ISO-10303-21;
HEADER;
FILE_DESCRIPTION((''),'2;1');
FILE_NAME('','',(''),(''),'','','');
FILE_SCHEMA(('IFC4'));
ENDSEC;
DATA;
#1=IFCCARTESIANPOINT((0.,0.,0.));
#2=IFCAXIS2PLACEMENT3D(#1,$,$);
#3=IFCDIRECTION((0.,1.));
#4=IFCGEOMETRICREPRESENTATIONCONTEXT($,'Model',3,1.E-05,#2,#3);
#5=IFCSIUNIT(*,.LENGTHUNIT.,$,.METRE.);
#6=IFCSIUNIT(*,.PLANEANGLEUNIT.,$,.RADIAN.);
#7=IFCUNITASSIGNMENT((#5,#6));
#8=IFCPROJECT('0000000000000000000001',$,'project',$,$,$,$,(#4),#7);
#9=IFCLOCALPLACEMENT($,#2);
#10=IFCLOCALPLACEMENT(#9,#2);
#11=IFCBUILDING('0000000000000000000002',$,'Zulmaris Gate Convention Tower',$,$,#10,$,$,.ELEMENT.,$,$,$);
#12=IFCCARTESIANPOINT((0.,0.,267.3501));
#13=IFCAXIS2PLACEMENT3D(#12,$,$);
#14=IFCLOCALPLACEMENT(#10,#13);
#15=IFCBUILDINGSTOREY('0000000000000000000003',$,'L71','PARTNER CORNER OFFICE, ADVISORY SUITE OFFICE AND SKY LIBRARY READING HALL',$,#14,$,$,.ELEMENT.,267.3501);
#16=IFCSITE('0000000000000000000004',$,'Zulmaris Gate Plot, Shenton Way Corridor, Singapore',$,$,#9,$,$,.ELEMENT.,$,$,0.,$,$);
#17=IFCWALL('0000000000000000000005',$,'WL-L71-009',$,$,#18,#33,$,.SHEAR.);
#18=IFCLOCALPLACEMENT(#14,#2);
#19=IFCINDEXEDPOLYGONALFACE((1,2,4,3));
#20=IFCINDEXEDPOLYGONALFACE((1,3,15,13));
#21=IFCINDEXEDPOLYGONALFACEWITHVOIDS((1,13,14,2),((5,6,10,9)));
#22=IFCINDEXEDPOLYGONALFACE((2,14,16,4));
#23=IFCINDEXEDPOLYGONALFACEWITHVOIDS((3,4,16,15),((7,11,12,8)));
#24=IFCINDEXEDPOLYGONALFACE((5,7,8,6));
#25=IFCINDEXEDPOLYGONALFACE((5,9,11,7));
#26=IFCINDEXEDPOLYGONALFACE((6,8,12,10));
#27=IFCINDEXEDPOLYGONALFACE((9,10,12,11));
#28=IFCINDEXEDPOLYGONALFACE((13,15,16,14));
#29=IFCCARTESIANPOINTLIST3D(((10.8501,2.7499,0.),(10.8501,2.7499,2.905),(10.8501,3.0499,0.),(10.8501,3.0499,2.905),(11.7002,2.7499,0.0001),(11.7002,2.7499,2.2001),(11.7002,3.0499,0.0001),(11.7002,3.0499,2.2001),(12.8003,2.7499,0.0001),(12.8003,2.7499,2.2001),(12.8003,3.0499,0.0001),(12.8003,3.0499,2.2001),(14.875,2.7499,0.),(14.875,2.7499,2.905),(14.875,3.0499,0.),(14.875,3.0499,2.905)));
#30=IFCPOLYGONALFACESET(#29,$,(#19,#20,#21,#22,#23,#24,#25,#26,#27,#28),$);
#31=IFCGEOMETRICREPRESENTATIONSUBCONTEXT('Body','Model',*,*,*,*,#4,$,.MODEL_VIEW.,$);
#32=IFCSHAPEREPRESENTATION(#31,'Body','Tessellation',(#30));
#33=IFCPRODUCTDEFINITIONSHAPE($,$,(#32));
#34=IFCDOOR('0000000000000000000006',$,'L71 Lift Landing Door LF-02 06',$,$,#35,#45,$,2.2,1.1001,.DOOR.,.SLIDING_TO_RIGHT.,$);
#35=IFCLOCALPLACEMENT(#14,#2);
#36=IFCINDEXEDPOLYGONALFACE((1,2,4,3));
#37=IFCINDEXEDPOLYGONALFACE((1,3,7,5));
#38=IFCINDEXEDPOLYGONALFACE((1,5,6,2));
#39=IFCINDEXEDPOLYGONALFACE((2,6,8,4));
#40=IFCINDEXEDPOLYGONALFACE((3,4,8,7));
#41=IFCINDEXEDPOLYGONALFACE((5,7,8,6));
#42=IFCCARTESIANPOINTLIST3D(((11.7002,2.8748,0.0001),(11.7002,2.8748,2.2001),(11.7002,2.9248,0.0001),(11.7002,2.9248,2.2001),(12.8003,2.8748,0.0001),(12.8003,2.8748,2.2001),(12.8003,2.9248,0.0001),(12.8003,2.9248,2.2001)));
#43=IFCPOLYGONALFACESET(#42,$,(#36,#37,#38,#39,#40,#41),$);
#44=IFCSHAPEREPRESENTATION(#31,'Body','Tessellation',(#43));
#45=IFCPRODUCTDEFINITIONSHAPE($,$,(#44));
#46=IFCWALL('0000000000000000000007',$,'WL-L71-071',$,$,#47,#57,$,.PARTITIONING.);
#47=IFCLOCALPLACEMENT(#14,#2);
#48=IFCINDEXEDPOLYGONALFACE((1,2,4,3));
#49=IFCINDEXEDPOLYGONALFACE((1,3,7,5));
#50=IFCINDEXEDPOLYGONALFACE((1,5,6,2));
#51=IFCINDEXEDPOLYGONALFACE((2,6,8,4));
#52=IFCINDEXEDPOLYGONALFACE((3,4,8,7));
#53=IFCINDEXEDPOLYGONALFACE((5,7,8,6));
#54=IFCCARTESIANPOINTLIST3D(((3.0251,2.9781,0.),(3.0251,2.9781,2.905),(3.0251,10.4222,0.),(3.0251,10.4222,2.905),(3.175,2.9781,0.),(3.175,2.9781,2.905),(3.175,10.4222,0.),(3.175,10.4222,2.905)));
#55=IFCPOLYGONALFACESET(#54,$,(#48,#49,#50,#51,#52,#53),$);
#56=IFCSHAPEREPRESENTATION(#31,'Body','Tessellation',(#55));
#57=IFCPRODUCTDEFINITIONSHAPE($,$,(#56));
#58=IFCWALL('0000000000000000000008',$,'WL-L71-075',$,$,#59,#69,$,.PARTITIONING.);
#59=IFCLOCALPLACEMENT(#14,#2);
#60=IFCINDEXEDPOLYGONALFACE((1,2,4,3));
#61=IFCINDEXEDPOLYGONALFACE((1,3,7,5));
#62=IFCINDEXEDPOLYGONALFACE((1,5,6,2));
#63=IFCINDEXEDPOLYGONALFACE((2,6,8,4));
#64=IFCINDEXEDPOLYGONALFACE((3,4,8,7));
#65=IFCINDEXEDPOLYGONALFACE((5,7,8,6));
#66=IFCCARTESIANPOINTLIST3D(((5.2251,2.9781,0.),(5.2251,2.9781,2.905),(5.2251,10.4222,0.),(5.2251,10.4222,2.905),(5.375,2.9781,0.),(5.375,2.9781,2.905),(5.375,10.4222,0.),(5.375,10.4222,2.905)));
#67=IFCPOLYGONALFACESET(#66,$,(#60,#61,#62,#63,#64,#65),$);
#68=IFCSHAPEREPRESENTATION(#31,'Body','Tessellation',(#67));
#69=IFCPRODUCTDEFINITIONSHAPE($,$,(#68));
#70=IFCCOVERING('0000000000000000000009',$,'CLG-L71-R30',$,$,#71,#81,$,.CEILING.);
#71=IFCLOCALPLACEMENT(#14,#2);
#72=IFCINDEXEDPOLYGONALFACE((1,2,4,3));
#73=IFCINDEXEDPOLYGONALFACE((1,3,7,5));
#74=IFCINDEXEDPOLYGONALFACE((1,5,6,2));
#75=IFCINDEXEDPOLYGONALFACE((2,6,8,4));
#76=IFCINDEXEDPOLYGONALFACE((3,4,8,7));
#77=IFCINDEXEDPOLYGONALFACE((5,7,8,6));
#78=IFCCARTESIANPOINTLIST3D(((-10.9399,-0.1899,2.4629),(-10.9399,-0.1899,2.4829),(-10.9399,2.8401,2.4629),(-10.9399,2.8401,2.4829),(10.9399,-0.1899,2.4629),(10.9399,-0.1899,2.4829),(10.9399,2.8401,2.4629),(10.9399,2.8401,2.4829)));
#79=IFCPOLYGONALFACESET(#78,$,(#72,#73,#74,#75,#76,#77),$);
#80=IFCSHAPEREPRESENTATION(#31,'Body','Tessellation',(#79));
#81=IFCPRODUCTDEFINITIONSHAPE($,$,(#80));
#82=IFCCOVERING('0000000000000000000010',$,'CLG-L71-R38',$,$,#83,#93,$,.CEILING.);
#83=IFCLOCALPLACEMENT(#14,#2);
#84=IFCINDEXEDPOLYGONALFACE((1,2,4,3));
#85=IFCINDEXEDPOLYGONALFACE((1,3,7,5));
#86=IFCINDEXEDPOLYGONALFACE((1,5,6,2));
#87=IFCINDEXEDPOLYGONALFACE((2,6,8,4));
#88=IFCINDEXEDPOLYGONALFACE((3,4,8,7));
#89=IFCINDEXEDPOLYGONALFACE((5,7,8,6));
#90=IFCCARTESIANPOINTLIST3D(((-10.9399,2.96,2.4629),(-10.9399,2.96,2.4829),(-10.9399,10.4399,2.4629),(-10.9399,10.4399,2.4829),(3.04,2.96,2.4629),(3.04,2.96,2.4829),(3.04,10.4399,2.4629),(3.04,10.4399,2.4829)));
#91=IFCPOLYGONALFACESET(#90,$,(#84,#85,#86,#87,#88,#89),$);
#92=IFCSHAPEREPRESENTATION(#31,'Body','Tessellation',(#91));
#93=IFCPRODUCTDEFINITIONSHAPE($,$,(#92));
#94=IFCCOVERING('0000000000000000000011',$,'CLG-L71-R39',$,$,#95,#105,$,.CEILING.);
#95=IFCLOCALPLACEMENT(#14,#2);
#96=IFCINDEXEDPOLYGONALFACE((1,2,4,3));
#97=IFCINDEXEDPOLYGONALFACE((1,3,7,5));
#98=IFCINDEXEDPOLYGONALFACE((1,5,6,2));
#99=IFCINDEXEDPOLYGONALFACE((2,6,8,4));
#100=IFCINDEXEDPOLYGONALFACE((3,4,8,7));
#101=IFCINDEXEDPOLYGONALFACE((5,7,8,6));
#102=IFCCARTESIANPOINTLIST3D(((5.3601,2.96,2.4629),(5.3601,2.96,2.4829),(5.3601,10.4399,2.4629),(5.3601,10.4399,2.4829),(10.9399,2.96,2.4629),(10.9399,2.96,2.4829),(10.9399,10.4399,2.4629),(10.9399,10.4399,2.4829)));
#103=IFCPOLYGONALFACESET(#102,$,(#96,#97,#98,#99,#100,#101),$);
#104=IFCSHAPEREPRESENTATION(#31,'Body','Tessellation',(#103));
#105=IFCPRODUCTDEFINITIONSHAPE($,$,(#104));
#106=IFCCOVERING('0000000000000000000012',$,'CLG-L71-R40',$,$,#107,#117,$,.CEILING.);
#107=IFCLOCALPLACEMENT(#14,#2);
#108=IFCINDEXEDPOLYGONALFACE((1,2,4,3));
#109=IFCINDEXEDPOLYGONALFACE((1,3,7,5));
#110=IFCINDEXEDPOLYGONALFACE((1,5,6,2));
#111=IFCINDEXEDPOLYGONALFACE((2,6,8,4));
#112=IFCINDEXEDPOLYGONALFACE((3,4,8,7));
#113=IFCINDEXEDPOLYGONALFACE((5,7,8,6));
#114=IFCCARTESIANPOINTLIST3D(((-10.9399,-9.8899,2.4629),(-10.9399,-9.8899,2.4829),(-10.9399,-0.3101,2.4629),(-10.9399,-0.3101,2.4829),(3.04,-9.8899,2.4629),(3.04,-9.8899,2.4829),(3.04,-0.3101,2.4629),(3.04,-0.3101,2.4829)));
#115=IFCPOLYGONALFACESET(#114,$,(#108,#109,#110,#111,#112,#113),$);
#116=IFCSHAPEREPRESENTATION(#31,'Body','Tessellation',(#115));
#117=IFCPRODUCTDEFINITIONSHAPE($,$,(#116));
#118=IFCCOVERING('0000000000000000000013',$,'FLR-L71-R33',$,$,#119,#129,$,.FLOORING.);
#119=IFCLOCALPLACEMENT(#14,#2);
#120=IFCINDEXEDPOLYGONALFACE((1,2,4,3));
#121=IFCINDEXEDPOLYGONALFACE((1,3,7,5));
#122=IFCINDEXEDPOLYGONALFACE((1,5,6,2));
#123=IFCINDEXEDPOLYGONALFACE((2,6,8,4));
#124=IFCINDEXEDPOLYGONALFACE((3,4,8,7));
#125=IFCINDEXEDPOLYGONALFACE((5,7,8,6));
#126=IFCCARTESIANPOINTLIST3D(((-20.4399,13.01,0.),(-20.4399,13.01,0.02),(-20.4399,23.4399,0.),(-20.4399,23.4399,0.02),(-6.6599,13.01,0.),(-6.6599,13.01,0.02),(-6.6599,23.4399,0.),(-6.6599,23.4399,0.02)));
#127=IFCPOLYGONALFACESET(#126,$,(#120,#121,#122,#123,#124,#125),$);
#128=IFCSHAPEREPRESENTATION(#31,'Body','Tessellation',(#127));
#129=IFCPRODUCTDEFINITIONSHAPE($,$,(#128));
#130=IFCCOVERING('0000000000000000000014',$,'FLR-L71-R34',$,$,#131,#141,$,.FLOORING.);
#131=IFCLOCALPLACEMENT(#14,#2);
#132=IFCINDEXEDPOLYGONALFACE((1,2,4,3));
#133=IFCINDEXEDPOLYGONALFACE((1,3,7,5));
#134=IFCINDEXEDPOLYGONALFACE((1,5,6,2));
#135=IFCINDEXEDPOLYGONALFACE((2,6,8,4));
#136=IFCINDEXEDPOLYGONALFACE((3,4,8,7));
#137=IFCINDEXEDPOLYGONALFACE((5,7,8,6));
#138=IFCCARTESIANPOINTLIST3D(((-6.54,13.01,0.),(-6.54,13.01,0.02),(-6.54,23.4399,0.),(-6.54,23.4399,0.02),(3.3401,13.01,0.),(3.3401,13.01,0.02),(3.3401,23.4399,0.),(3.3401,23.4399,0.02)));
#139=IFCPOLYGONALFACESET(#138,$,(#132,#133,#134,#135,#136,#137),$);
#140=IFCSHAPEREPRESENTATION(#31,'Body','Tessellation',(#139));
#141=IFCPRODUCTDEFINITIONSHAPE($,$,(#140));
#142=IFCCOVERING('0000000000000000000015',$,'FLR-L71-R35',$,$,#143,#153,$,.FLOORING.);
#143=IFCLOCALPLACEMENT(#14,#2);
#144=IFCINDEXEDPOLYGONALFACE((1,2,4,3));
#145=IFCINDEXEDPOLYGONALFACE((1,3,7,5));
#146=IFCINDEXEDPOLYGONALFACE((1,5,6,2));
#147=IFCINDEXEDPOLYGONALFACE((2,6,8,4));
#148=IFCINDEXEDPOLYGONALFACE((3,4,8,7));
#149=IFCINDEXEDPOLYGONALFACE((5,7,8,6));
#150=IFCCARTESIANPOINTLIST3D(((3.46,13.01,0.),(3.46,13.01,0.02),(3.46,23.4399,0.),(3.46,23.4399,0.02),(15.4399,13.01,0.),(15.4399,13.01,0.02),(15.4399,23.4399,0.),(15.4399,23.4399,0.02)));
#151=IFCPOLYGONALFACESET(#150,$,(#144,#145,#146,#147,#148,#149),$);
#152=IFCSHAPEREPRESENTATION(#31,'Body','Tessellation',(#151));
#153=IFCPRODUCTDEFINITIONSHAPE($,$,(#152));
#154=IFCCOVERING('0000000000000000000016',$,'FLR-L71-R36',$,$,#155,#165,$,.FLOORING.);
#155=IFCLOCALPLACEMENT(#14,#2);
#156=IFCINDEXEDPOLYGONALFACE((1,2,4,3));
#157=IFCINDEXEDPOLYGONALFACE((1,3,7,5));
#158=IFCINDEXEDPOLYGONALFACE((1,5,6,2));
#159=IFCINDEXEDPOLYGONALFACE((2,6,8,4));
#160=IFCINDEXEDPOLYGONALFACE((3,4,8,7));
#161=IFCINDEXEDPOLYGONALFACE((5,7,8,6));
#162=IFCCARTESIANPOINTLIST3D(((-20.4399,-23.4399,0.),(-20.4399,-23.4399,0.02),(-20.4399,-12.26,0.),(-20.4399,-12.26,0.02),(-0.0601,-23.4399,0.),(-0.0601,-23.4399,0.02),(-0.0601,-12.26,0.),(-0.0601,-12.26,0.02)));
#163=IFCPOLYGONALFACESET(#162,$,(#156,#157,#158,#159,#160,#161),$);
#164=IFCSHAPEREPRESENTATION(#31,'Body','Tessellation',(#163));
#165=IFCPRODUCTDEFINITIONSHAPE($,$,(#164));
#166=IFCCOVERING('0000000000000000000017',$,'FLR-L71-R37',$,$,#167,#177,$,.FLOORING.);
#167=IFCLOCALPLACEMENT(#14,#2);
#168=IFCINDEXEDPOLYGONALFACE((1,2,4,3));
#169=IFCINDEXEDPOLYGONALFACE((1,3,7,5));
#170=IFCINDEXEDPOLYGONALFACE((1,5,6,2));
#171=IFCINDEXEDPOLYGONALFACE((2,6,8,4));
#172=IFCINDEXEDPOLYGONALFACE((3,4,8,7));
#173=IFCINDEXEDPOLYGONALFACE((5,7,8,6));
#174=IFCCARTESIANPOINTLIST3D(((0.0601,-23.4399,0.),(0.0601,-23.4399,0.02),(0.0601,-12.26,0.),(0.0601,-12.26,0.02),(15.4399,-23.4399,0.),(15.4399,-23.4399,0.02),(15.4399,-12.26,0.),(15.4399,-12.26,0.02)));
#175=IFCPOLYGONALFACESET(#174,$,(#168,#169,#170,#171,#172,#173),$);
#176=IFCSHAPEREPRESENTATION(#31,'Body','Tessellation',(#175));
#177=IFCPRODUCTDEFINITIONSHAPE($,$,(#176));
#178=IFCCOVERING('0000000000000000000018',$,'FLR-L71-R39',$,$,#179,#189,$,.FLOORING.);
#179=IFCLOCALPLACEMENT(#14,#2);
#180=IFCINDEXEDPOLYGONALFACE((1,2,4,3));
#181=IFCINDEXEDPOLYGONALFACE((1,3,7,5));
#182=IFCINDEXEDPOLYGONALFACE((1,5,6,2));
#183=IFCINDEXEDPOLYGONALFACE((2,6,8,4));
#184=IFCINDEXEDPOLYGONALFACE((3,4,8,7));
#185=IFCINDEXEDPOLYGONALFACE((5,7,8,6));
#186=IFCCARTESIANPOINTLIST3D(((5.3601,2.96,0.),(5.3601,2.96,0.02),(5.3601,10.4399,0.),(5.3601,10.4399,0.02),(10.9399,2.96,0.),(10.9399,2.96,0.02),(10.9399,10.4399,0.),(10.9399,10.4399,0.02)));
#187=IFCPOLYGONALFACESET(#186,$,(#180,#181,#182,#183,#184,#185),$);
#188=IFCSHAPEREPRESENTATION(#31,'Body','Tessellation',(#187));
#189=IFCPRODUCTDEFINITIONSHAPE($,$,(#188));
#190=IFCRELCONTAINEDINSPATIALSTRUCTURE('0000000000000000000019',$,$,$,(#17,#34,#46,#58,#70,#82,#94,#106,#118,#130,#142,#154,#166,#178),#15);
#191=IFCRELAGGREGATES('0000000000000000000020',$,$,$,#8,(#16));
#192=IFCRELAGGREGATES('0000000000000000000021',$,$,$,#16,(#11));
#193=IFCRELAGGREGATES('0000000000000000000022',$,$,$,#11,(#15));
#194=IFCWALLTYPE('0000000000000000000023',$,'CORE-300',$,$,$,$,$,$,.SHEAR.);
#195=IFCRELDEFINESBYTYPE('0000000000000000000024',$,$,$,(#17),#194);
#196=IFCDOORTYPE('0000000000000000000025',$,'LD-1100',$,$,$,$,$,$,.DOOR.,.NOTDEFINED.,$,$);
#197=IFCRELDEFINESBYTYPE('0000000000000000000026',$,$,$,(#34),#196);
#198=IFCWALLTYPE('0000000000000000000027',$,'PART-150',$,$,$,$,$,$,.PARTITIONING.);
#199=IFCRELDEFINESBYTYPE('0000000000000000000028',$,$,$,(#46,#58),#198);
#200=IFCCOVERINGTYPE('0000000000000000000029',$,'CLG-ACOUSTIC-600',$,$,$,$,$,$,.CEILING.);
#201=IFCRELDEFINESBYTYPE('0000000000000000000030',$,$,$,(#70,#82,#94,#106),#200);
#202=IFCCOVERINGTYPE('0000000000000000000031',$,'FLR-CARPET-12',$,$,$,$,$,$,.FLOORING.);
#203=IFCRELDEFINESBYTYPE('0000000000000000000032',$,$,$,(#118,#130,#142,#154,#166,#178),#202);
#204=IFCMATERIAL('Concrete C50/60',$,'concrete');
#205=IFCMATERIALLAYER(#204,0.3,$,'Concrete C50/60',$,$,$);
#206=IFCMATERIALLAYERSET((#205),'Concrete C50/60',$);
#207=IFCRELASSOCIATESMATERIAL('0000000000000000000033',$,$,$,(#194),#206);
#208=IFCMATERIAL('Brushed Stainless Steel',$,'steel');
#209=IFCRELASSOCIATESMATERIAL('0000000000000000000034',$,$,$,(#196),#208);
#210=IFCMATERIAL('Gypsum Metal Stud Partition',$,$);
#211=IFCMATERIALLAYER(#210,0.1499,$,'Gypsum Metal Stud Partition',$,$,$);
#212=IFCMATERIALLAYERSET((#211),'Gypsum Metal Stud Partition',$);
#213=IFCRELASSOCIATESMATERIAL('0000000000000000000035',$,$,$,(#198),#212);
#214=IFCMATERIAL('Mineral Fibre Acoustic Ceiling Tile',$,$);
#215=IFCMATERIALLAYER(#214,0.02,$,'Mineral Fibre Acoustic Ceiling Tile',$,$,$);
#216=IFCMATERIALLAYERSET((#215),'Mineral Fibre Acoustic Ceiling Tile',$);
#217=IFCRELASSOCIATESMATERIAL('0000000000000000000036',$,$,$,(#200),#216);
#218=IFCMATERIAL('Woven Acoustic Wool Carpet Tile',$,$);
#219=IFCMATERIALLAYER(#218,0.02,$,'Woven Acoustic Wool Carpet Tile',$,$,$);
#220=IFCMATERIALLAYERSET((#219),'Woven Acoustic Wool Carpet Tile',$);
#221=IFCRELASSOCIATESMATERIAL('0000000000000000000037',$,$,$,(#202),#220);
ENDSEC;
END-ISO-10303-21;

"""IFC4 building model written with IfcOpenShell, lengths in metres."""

from ifc_helpers import new_model, si_unit, direction, frame, frame_2d, origin, place, context, subcontext, project, spatial, polyline, rectangle, outline, extrude, material, layer, layer_set, type_object, element, fill, save


model = new_model("IFC4")

# Units and contexts
model_context = context("Model", 3, precision=1e-05, world=origin(), true_north=direction((0.0, 1.0)))
body_context = subcontext(model_context, "Body", "Model", "MODEL_VIEW")
ifc_project = project(units=[si_unit("LENGTHUNIT", "METRE"), si_unit("PLANEANGLEUNIT", "RADIAN")], contexts=[model_context])

# Site, building, storey
site_placement = place(None, origin())
site = spatial("IfcSite", under=ifc_project, at=site_placement, Name="Zulmaris Gate Plot, Shenton Way Corridor, Singapore", CompositionType="ELEMENT", RefElevation=0.0)
building_placement = place(site_placement, origin())
building = spatial("IfcBuilding", under=site, at=building_placement, Name="Zulmaris Gate Convention Tower", CompositionType="ELEMENT")
storey_placement = place(building_placement, frame((0.0, 0.0, 267.3501)))
storey = spatial("IfcBuildingStorey", under=building, at=storey_placement, Name="L71", Description="PARTNER CORNER OFFICE, ADVISORY SUITE OFFICE AND SKY LIBRARY READING HALL", CompositionType="ELEMENT", Elevation=267.3501)

# Wall, opening, door
ifc_material_1 = material(Name="Concrete C50/60", Category="concrete")
ifc_layer_1 = layer(ifc_material_1, 0.3, Name="Concrete C50/60")
ifc_layer_set_1 = layer_set([ifc_layer_1], Name="Concrete C50/60")
wall_type_1 = type_object("IfcWallType", Name="CORE-300", PredefinedType="SHEAR", material=ifc_layer_set_1)
wall_placement = place(storey_placement, frame((10.8501, 2.8999, 0.0), z_axis=(0.0, 0.0, 1.0), x_axis=(1.0, 0.0, 0.0)))
wall = element("IfcWall", 1, at=wall_placement, inside=storey, type_object=wall_type_1, Name="WL-L71-009", PredefinedType="SHEAR", context=body_context, shape_type="SweptSolid", body=[
    extrude(rectangle(XDim=4.0249, YDim=0.3, at=frame_2d((2.0125, 0.0))), origin(), (0.0, 0.0, 1.0), 2.905),
])
opening_placement = place(wall_placement, frame((0.8501, 0.0, 0.0)))
opening = element("IfcOpeningElement", 2, at=opening_placement, cuts=wall, PredefinedType="OPENING", context=body_context, shape_type="SweptSolid", body=[
    extrude(rectangle(XDim=1.1001, YDim=2.2, at=frame_2d((0.55, 1.1001))), frame((0.0, 0.1602, 0.0), z_axis=(0.0, -1.0, 0.0), x_axis=(1.0, 0.0, 0.0)), (0.0, 0.0, 1.0), 0.3201),
])
ifc_material_2 = material(Name="Brushed Stainless Steel", Category="steel")
door_type = type_object("IfcDoorType", Name="LD-1100", OperationType="NOTDEFINED", PredefinedType="DOOR", material=ifc_material_2)
door_placement = place(opening_placement, origin())
door = element("IfcDoor", 3, at=door_placement, inside=storey, type_object=door_type, Name="L71 Lift Landing Door LF-02 06", OperationType="SLIDING_TO_RIGHT", OverallHeight=2.2, OverallWidth=1.1001, PredefinedType="DOOR", context=body_context, shape_type="SweptSolid", body=[
    extrude(rectangle(XDim=1.1001, YDim=2.2, at=frame_2d((0.55, 1.1001))), frame((0.0, 0.0249, 0.0), z_axis=(0.0, -1.0, 0.0), x_axis=(1.0, 0.0, 0.0)), (0.0, 0.0, 1.0), 0.05),
])
fill(opening, door)

# Walls
ifc_material_3 = material(Name="Gypsum Metal Stud Partition")
ifc_layer_2 = layer(ifc_material_3, 0.1499, Name="Gypsum Metal Stud Partition")
ifc_layer_set_2 = layer_set([ifc_layer_2], Name="Gypsum Metal Stud Partition")
wall_type_2 = type_object("IfcWallType", Name="PART-150", PredefinedType="PARTITIONING", material=ifc_layer_set_2)
for number, where, z_axis, x_axis, name in (
    (4, (3.1001, 2.978, 0.0), (0.0, 0.0, 1.0), (0.0, 1.0, 0.0), "WL-L71-071"),
    (5, (5.3, 2.978, 0.0), (0.0, 0.0, 1.0), (0.0, 1.0, 0.0), "WL-L71-075"),
):
    element("IfcWall", number, at=place(storey_placement, frame(where, z_axis=z_axis, x_axis=x_axis)), inside=storey, type_object=wall_type_2, Name=name, PredefinedType="PARTITIONING", context=body_context, shape_type="SweptSolid", body=[
        extrude(rectangle(XDim=7.4441, YDim=0.1499, at=frame_2d((3.7222, 0.0))), origin(), (0.0, 0.0, 1.0), 2.905),
    ])

# Coverings
ifc_material_4 = material(Name="Mineral Fibre Acoustic Ceiling Tile")
ifc_layer_3 = layer(ifc_material_4, 0.02, Name="Mineral Fibre Acoustic Ceiling Tile")
ifc_layer_set_3 = layer_set([ifc_layer_3], Name="Mineral Fibre Acoustic Ceiling Tile")
covering_type_1 = type_object("IfcCoveringType", Name="CLG-ACOUSTIC-600", PredefinedType="CEILING", material=ifc_layer_set_3)
covering_1_placement = place(storey_placement, frame((0.0, 0.0, 2.4629)))
element("IfcCovering", 6, at=covering_1_placement, inside=storey, type_object=covering_type_1, Name="CLG-L71-R30", PredefinedType="CEILING", context=body_context, shape_type="SweptSolid", body=[
    extrude(outline(polyline([(-10.9399, -0.1899), (10.9399, -0.1899), (10.9399, 2.8401), (-10.9399, 2.8401), (-10.9399, -0.1899)])), origin(), (0.0, 0.0, 1.0), 0.02),
])
covering_2_placement = place(storey_placement, frame((0.0, 0.0, 2.4629)))
element("IfcCovering", 7, at=covering_2_placement, inside=storey, type_object=covering_type_1, Name="CLG-L71-R38", PredefinedType="CEILING", context=body_context, shape_type="SweptSolid", body=[
    extrude(outline(polyline([(-10.9399, 2.96), (3.04, 2.96), (3.04, 10.4399), (-10.9399, 10.4399), (-10.9399, 2.96)])), origin(), (0.0, 0.0, 1.0), 0.02),
])
covering_3_placement = place(storey_placement, frame((0.0, 0.0, 2.4629)))
element("IfcCovering", 8, at=covering_3_placement, inside=storey, type_object=covering_type_1, Name="CLG-L71-R39", PredefinedType="CEILING", context=body_context, shape_type="SweptSolid", body=[
    extrude(outline(polyline([(5.3601, 2.96), (10.9399, 2.96), (10.9399, 10.4399), (5.3601, 10.4399), (5.3601, 2.96)])), origin(), (0.0, 0.0, 1.0), 0.02),
])
covering_4_placement = place(storey_placement, frame((0.0, 0.0, 2.4629)))
element("IfcCovering", 9, at=covering_4_placement, inside=storey, type_object=covering_type_1, Name="CLG-L71-R40", PredefinedType="CEILING", context=body_context, shape_type="SweptSolid", body=[
    extrude(outline(polyline([(-10.9399, -9.8899), (3.04, -9.8899), (3.04, -0.3101), (-10.9399, -0.3101), (-10.9399, -9.8899)])), origin(), (0.0, 0.0, 1.0), 0.02),
])
ifc_material_5 = material(Name="Woven Acoustic Wool Carpet Tile")
ifc_layer_4 = layer(ifc_material_5, 0.02, Name="Woven Acoustic Wool Carpet Tile")
ifc_layer_set_4 = layer_set([ifc_layer_4], Name="Woven Acoustic Wool Carpet Tile")
covering_type_2 = type_object("IfcCoveringType", Name="FLR-CARPET-12", PredefinedType="FLOORING", material=ifc_layer_set_4)
covering_5_placement = place(storey_placement, origin())
element("IfcCovering", 10, at=covering_5_placement, inside=storey, type_object=covering_type_2, Name="FLR-L71-R33", PredefinedType="FLOORING", context=body_context, shape_type="SweptSolid", body=[
    extrude(outline(polyline([(-20.4399, 13.01), (-6.6599, 13.01), (-6.6599, 23.4399), (-20.4399, 23.4399), (-20.4399, 13.01)])), origin(), (0.0, 0.0, 1.0), 0.02),
])
covering_6_placement = place(storey_placement, origin())
element("IfcCovering", 11, at=covering_6_placement, inside=storey, type_object=covering_type_2, Name="FLR-L71-R34", PredefinedType="FLOORING", context=body_context, shape_type="SweptSolid", body=[
    extrude(outline(polyline([(-6.54, 13.01), (3.3401, 13.01), (3.3401, 23.4399), (-6.54, 23.4399), (-6.54, 13.01)])), origin(), (0.0, 0.0, 1.0), 0.02),
])
covering_7_placement = place(storey_placement, origin())
element("IfcCovering", 12, at=covering_7_placement, inside=storey, type_object=covering_type_2, Name="FLR-L71-R35", PredefinedType="FLOORING", context=body_context, shape_type="SweptSolid", body=[
    extrude(outline(polyline([(3.46, 13.01), (15.4399, 13.01), (15.4399, 23.4399), (3.46, 23.4399), (3.46, 13.01)])), origin(), (0.0, 0.0, 1.0), 0.02),
])
covering_8_placement = place(storey_placement, origin())
element("IfcCovering", 13, at=covering_8_placement, inside=storey, type_object=covering_type_2, Name="FLR-L71-R36", PredefinedType="FLOORING", context=body_context, shape_type="SweptSolid", body=[
    extrude(outline(polyline([(-20.4399, -23.4399), (-0.0601, -23.4399), (-0.0601, -12.26), (-20.4399, -12.26), (-20.4399, -23.4399)])), origin(), (0.0, 0.0, 1.0), 0.02),
])
covering_9_placement = place(storey_placement, origin())
element("IfcCovering", 14, at=covering_9_placement, inside=storey, type_object=covering_type_2, Name="FLR-L71-R37", PredefinedType="FLOORING", context=body_context, shape_type="SweptSolid", body=[
    extrude(outline(polyline([(0.0601, -23.4399), (15.4399, -23.4399), (15.4399, -12.26), (0.0601, -12.26), (0.0601, -23.4399)])), origin(), (0.0, 0.0, 1.0), 0.02),
])
covering_10_placement = place(storey_placement, origin())
element("IfcCovering", 15, at=covering_10_placement, inside=storey, type_object=covering_type_2, Name="FLR-L71-R39", PredefinedType="FLOORING", context=body_context, shape_type="SweptSolid", body=[
    extrude(outline(polyline([(5.3601, 2.96), (10.9399, 2.96), (10.9399, 10.4399), (5.3601, 10.4399), (5.3601, 2.96)])), origin(), (0.0, 0.0, 1.0), 0.02),
])

save(model, "model.ifc")
